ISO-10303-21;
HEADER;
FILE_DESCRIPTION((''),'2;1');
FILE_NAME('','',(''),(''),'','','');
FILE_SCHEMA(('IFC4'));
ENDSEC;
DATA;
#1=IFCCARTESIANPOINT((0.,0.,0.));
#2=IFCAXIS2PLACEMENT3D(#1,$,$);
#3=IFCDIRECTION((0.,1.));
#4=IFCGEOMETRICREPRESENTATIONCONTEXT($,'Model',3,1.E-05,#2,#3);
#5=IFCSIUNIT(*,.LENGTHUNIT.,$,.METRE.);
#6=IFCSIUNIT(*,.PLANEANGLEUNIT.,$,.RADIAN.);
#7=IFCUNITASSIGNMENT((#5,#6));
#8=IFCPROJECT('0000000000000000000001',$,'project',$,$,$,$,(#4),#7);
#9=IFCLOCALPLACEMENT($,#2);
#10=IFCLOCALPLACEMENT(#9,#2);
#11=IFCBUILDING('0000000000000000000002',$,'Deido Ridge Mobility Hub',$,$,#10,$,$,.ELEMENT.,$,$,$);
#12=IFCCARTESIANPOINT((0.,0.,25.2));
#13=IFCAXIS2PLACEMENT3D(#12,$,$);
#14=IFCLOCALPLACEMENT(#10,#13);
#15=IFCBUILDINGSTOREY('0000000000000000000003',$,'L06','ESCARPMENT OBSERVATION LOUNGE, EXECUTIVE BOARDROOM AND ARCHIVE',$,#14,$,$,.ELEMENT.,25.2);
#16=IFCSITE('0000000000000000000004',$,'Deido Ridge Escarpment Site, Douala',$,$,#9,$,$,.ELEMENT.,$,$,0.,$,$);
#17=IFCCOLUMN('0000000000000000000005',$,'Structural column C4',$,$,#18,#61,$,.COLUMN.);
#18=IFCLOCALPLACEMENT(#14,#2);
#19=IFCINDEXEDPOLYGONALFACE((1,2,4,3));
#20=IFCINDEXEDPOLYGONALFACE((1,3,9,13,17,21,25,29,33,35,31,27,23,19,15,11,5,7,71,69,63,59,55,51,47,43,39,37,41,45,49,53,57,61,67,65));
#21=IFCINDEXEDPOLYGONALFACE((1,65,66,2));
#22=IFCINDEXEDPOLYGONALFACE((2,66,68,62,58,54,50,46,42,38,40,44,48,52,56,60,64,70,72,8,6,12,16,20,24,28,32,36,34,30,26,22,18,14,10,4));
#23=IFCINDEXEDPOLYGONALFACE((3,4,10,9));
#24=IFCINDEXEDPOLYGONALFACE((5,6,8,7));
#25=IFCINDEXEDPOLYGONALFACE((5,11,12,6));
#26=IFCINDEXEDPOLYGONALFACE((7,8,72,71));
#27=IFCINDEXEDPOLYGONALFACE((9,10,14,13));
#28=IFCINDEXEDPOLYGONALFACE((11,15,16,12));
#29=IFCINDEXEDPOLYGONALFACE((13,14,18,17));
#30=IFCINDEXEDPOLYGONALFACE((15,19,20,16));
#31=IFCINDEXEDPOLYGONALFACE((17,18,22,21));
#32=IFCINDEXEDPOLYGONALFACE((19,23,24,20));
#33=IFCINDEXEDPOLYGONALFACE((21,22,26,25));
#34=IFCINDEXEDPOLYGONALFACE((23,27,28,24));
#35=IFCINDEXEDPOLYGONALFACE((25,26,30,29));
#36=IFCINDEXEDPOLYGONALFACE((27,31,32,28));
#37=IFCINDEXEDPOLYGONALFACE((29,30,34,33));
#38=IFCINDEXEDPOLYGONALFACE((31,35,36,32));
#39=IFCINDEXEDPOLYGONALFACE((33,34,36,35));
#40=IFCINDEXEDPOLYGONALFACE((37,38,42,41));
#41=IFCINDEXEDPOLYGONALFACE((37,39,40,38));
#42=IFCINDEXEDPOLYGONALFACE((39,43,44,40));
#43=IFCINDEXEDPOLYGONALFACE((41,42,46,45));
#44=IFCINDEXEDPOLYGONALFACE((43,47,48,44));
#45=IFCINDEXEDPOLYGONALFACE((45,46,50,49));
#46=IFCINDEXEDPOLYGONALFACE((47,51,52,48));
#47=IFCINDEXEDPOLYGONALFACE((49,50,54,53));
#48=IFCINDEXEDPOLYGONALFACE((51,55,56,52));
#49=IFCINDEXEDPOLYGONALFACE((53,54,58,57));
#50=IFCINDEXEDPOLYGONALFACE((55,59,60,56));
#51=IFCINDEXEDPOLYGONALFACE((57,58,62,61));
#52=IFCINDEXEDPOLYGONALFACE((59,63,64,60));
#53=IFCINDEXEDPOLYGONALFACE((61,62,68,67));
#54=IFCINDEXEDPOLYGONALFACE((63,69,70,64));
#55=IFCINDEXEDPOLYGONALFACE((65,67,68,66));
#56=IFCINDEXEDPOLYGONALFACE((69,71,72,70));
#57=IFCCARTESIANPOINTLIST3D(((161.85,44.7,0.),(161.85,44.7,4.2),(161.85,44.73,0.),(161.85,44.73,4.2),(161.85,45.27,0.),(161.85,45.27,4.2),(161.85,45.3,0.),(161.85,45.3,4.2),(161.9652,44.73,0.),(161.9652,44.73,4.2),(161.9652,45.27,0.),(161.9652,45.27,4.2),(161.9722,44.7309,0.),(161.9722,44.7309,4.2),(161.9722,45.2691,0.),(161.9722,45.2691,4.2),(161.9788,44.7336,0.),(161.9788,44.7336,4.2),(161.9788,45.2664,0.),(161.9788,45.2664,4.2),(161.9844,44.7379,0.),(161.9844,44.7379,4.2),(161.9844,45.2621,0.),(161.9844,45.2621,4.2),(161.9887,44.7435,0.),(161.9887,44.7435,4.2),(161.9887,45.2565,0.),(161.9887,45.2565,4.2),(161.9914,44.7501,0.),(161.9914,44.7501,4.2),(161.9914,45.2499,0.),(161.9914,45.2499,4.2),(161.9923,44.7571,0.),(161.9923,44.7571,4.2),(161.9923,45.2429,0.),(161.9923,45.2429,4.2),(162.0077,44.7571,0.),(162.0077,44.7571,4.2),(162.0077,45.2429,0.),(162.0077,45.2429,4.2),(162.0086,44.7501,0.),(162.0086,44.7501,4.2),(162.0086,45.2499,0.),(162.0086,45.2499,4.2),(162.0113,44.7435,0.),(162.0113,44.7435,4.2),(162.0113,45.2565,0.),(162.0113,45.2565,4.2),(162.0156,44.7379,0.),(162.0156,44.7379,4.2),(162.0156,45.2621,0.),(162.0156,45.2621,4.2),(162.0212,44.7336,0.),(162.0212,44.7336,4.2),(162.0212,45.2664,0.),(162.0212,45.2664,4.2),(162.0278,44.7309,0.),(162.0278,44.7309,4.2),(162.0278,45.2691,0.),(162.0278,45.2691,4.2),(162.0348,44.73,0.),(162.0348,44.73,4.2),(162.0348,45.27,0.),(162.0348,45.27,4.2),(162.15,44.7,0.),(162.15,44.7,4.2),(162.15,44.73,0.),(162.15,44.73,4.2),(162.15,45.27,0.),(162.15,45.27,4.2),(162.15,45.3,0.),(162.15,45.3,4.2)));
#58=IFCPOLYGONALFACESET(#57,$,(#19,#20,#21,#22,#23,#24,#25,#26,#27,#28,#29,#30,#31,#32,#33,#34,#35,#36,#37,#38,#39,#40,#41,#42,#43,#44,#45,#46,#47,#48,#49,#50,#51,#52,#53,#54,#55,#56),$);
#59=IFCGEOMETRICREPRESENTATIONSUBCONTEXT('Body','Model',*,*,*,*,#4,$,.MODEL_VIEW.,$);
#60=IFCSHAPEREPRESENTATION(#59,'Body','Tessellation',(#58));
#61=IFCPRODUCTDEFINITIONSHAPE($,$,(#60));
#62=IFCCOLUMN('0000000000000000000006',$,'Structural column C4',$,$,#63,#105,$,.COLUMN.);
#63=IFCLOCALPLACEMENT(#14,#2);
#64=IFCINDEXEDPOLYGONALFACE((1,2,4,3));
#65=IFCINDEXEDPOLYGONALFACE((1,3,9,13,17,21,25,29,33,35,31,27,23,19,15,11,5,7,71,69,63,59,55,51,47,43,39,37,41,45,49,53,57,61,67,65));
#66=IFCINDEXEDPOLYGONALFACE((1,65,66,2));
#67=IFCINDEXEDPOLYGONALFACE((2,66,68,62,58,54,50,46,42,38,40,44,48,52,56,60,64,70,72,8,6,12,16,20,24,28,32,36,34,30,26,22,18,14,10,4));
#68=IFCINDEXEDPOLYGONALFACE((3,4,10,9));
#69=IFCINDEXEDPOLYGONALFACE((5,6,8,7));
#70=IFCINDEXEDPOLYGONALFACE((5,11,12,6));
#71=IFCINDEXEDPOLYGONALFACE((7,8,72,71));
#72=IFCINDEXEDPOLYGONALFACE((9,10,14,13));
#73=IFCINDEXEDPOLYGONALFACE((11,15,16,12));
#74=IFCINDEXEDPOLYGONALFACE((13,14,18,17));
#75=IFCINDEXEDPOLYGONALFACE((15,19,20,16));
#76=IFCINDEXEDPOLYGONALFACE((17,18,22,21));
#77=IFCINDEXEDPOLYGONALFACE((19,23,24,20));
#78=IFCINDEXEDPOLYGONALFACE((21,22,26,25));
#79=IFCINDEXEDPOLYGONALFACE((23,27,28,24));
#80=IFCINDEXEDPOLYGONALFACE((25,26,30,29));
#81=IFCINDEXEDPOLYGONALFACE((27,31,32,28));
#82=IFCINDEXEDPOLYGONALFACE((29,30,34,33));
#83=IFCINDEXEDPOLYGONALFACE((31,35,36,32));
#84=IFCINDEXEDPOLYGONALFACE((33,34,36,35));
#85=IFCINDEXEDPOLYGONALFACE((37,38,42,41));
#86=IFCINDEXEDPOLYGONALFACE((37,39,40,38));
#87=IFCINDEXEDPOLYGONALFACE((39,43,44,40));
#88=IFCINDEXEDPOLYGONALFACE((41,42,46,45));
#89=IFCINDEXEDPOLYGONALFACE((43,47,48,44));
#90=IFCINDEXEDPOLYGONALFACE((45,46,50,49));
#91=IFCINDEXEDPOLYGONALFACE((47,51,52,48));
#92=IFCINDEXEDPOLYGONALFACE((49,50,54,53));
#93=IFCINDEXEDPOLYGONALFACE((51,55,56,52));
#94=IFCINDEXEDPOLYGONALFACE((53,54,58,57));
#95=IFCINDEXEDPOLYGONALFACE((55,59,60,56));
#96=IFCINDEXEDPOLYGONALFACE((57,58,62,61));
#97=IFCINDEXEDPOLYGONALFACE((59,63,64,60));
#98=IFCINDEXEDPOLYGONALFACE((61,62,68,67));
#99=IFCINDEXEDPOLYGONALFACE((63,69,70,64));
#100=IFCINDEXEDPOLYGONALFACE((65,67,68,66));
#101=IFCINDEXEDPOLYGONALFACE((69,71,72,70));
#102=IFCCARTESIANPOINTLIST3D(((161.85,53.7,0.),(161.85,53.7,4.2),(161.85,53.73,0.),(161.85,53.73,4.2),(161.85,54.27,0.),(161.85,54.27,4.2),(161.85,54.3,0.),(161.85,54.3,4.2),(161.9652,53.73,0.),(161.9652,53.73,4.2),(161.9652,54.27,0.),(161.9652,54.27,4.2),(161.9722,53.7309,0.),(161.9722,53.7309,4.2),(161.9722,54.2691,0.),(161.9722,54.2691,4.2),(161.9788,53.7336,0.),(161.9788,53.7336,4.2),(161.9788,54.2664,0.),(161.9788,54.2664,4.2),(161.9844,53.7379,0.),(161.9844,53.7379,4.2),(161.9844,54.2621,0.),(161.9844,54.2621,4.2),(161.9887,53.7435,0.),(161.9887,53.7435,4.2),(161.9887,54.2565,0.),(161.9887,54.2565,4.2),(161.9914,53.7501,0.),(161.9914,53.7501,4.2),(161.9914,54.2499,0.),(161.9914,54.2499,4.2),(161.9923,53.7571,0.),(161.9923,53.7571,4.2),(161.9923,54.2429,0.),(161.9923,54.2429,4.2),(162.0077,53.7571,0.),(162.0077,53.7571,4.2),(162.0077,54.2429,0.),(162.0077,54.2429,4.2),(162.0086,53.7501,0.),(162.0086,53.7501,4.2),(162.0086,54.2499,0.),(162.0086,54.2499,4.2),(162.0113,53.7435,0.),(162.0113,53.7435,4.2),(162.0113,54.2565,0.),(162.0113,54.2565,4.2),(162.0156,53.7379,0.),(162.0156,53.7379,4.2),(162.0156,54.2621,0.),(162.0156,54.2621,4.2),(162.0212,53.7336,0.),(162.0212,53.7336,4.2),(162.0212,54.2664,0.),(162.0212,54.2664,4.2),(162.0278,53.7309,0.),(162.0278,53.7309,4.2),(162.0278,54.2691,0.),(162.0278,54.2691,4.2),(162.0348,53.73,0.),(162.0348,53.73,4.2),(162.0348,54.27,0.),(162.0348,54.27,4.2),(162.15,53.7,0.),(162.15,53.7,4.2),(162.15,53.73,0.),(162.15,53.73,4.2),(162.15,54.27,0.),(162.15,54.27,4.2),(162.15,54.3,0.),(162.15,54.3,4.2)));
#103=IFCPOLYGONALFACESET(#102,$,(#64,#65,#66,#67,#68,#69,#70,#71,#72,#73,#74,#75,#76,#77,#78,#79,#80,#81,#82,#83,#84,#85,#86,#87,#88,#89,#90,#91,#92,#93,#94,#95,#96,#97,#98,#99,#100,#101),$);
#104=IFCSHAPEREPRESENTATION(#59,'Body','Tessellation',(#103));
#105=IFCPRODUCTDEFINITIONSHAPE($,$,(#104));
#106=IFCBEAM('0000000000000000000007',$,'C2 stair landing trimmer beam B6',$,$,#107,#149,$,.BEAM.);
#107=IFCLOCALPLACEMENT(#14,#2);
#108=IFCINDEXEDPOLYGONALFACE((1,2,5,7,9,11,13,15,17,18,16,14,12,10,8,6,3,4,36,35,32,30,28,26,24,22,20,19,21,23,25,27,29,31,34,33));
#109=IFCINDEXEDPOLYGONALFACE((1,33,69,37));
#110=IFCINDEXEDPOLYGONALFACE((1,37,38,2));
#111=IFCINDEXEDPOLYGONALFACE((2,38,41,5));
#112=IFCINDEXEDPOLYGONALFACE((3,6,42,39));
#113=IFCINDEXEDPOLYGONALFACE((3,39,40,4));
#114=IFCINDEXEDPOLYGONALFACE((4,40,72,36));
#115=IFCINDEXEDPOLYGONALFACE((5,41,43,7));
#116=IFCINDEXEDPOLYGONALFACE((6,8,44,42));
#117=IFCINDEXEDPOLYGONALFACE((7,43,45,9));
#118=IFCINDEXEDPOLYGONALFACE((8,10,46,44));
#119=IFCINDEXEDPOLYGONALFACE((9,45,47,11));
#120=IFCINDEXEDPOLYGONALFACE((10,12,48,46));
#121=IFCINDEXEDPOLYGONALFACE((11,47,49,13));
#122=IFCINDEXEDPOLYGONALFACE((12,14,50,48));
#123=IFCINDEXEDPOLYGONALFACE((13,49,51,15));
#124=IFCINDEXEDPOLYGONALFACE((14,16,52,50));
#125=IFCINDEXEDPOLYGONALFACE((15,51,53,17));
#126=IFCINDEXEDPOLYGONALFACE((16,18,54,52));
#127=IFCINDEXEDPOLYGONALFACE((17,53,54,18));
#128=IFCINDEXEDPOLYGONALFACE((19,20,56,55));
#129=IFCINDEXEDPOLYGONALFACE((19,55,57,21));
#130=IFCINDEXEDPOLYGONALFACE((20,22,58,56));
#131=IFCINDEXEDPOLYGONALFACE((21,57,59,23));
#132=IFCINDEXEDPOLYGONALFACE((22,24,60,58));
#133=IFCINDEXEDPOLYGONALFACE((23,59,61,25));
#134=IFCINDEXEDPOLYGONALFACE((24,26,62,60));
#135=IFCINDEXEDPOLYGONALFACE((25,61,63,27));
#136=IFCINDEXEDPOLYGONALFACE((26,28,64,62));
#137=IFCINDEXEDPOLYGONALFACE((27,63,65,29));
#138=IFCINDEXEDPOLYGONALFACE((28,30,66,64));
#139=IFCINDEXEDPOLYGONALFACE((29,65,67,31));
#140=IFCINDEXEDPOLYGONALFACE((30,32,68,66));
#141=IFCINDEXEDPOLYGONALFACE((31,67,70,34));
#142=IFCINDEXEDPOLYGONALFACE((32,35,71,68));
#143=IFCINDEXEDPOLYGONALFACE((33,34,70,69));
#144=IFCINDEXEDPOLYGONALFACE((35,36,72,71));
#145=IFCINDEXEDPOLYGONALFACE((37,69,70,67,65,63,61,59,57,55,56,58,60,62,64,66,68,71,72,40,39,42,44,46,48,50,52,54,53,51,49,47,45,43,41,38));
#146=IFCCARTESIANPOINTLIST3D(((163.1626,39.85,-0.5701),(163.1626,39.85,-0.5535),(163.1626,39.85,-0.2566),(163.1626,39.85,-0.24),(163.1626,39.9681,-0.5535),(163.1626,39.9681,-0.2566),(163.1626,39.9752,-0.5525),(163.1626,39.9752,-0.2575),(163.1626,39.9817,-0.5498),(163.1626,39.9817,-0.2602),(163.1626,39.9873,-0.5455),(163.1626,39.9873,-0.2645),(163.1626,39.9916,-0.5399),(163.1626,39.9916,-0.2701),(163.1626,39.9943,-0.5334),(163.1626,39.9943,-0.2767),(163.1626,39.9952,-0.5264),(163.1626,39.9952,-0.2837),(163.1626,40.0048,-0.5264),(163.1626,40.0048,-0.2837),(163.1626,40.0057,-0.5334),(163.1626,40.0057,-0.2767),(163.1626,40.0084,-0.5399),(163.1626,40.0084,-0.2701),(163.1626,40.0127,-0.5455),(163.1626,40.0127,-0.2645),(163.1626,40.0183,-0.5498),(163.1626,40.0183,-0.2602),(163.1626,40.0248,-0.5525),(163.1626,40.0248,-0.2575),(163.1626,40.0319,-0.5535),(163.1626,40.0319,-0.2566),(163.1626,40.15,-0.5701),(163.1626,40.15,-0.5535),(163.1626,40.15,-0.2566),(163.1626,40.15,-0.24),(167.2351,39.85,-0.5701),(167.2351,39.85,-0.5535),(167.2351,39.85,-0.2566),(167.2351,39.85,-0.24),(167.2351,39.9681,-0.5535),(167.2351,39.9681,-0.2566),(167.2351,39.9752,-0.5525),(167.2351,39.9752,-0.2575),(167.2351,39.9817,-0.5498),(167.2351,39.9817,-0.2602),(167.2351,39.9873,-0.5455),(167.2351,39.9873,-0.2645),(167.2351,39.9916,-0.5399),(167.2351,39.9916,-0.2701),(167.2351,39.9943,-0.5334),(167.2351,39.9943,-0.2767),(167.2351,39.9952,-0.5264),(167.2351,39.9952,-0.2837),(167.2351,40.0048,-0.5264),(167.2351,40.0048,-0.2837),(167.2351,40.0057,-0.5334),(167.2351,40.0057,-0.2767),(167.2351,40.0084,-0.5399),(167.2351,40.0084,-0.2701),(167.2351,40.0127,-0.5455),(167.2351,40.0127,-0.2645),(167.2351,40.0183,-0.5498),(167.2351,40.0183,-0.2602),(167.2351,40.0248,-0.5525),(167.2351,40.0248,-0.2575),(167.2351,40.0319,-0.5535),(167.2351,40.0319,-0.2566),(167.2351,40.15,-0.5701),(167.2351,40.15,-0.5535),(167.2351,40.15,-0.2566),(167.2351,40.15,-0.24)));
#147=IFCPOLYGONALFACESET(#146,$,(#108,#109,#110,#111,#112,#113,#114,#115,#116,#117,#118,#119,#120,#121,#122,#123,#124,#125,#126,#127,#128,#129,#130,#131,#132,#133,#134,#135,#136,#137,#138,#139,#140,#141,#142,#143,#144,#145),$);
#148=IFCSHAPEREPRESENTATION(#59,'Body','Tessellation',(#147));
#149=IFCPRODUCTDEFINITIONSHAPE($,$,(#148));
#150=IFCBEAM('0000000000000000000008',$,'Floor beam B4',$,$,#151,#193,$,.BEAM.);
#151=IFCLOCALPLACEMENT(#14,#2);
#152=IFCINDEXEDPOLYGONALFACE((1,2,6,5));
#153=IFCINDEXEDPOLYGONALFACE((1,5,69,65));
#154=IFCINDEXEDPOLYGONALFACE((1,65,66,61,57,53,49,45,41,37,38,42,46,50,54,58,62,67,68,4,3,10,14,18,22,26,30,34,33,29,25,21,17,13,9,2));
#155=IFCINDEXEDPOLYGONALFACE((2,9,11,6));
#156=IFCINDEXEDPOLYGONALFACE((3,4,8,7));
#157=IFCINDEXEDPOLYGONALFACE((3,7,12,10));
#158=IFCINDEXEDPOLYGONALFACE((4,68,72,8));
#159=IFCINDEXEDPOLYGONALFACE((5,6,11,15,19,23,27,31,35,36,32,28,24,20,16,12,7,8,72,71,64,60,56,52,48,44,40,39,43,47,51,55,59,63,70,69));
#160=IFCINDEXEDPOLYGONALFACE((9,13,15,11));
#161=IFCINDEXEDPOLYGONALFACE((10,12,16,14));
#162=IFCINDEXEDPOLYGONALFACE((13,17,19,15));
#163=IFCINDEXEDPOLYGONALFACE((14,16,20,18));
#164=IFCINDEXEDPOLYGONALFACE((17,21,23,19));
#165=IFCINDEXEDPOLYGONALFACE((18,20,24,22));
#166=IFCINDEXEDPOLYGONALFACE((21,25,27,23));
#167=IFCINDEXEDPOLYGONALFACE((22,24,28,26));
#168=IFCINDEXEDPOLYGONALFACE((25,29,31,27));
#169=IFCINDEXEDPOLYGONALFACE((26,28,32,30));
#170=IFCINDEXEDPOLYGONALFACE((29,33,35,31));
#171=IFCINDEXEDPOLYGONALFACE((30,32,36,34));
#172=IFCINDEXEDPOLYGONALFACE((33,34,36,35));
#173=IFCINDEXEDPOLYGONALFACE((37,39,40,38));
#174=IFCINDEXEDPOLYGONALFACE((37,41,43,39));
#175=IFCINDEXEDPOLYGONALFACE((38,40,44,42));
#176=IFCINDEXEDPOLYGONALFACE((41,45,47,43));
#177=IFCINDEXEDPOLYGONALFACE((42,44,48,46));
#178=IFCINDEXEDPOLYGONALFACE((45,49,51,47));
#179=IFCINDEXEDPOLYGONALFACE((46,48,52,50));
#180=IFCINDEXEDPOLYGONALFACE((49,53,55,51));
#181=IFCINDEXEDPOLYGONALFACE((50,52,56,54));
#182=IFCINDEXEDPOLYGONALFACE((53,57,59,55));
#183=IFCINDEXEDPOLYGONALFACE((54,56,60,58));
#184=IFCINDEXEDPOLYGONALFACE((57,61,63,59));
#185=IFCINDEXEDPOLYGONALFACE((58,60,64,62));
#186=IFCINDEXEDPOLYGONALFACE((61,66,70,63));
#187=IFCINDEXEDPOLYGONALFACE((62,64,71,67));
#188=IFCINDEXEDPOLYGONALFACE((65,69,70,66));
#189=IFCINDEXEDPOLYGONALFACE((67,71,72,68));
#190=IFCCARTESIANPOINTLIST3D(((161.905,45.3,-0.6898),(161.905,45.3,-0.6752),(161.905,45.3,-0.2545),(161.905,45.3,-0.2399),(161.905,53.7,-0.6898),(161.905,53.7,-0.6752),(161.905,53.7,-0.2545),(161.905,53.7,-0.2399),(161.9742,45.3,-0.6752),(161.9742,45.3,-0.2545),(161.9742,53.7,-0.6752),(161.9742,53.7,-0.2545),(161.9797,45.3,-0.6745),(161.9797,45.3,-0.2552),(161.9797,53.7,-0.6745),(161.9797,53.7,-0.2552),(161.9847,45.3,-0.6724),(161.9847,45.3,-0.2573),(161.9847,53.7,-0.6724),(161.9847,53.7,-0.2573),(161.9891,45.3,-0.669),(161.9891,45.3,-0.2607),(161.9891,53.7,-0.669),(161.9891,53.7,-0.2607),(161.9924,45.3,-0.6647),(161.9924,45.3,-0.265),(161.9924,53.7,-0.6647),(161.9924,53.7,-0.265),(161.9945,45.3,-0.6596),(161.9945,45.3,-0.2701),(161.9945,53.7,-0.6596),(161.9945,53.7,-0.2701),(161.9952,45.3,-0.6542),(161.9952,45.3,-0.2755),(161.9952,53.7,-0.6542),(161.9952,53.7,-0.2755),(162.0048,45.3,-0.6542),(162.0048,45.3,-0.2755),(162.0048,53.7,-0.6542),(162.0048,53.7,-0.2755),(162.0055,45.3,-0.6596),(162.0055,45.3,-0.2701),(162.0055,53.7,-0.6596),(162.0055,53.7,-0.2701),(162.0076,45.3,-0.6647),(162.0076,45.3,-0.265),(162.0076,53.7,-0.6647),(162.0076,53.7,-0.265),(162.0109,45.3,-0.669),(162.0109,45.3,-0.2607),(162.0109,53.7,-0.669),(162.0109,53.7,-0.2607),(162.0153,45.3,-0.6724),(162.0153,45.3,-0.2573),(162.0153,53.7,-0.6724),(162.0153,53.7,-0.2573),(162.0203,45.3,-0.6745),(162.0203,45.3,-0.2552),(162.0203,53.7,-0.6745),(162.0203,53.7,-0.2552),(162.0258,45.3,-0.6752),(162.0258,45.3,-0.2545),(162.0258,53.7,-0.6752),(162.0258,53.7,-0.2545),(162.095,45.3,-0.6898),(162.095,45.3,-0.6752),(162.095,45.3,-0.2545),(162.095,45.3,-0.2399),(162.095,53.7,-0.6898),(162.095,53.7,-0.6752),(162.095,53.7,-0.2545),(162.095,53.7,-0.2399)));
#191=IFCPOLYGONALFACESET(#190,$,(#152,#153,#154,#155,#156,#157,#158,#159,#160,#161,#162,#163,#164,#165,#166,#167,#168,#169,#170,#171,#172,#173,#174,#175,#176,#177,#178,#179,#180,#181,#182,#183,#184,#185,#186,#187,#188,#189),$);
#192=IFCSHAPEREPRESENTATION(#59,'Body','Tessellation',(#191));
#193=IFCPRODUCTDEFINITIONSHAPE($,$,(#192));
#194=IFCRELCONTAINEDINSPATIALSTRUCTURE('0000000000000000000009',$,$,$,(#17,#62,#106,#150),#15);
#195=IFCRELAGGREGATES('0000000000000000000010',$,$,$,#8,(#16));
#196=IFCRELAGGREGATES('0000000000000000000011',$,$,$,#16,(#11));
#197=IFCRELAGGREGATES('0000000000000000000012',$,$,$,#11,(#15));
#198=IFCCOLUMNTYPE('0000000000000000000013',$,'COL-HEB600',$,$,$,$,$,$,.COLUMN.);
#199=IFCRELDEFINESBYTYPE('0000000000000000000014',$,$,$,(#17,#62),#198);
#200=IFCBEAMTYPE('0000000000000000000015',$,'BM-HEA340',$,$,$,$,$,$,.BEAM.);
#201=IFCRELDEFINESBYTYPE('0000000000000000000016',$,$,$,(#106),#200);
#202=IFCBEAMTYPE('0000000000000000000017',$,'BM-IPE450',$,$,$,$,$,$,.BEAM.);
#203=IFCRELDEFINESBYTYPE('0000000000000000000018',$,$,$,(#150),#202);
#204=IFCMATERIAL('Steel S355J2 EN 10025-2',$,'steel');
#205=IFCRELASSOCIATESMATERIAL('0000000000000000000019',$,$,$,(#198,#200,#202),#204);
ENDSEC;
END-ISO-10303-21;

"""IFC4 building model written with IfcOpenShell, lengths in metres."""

from ifc_helpers import new_model, si_unit, direction, frame, origin, origin_2d, place, context, subcontext, project, spatial, i_section, extrude, material, material_profile, profile_set, type_object, element, save


model = new_model("IFC4")

# Units and contexts
model_context = context("Model", 3, precision=1e-05, world=origin(), true_north=direction((0.0, 1.0)))
body_context = subcontext(model_context, "Body", "Model", "MODEL_VIEW")
ifc_project = project(units=[si_unit("LENGTHUNIT", "METRE"), si_unit("PLANEANGLEUNIT", "RADIAN")], contexts=[model_context])

# Site, building, storey
site_placement = place(None, origin())
site = spatial("IfcSite", under=ifc_project, at=site_placement, Name="Deido Ridge Escarpment Site, Douala", CompositionType="ELEMENT", RefElevation=0.0)
building_placement = place(site_placement, origin())
building = spatial("IfcBuilding", under=site, at=building_placement, Name="Deido Ridge Mobility Hub", CompositionType="ELEMENT")
storey_placement = place(building_placement, frame((0.0, 0.0, 25.2)))
storey = spatial("IfcBuildingStorey", under=building, at=storey_placement, Name="L06", Description="ESCARPMENT OBSERVATION LOUNGE, EXECUTIVE BOARDROOM AND ARCHIVE", CompositionType="ELEMENT", Elevation=25.2)

# Columns
ifc_material_1 = material(Name="Steel S355J2 EN 10025-2", Category="steel")
ifc_material_profile_1 = material_profile(ifc_material_1, i_section(OverallWidth=0.3, OverallDepth=0.6001, WebThickness=0.0154, FlangeThickness=0.03, FilletRadius=0.0271, at=origin_2d()), Name="HEB 600")
ifc_profile_set_1 = profile_set([ifc_material_profile_1], Name="Steel S355J2 EN 10025-2")
column_type = type_object("IfcColumnType", Name="COL-HEB600", PredefinedType="COLUMN", material=ifc_profile_set_1)
for number, where, z_axis, x_axis, name in (
    (1, (162.0, 45.0, 0.0), (0.0, 0.0, 1.0), (1.0, 0.0, 0.0), "Structural column C4"),
    (2, (162.0, 54.0, 0.0), (0.0, 0.0, 1.0), (1.0, 0.0, 0.0), "Structural column C4"),
):
    element("IfcColumn", number, at=place(storey_placement, frame(where, z_axis=z_axis, x_axis=x_axis)), inside=storey, type_object=column_type, Name=name, PredefinedType="COLUMN", context=body_context, shape_type="SweptSolid", body=[
        extrude(i_section(OverallWidth=0.3, OverallDepth=0.6001, WebThickness=0.0154, FlangeThickness=0.03, FilletRadius=0.0271, at=origin_2d()), origin(), (0.0, 0.0, 1.0), 4.2),
    ])

# Beams
ifc_material_profile_2 = material_profile(ifc_material_1, i_section(OverallWidth=0.3, OverallDepth=0.3301, WebThickness=0.0095, FlangeThickness=0.0166, FilletRadius=0.0271, at=origin_2d()), Name="HEA 340")
ifc_profile_set_2 = profile_set([ifc_material_profile_2], Name="Steel S355J2 EN 10025-2")
beam_type_1 = type_object("IfcBeamType", Name="BM-HEA340", PredefinedType="BEAM", material=ifc_profile_set_2)
beam_1_placement = place(storey_placement, frame((163.1626, 40.0, -0.405), z_axis=(1.0, 0.0, 0.0), x_axis=(0.0, 1.0, 0.0)))
element("IfcBeam", 3, at=beam_1_placement, inside=storey, type_object=beam_type_1, Name="C2 stair landing trimmer beam B6", PredefinedType="BEAM", context=body_context, shape_type="SweptSolid", body=[
    extrude(i_section(OverallWidth=0.3, OverallDepth=0.3301, WebThickness=0.0095, FlangeThickness=0.0166, FilletRadius=0.0271, at=origin_2d()), origin(), (0.0, 0.0, 1.0), 4.0725),
])
ifc_material_profile_3 = material_profile(ifc_material_1, i_section(OverallWidth=0.1899, OverallDepth=0.45, WebThickness=0.0095, FlangeThickness=0.0146, FilletRadius=0.021, at=origin_2d()), Name="IPE 450")
ifc_profile_set_3 = profile_set([ifc_material_profile_3], Name="Steel S355J2 EN 10025-2")
beam_type_2 = type_object("IfcBeamType", Name="BM-IPE450", PredefinedType="BEAM", material=ifc_profile_set_3)
beam_2_placement = place(storey_placement, frame((162.0, 45.3, -0.4648), z_axis=(0.0, 1.0, 0.0), x_axis=(-1.0, 0.0, 0.0)))
element("IfcBeam", 4, at=beam_2_placement, inside=storey, type_object=beam_type_2, Name="Floor beam B4", PredefinedType="BEAM", context=body_context, shape_type="SweptSolid", body=[
    extrude(i_section(OverallWidth=0.1899, OverallDepth=0.45, WebThickness=0.0095, FlangeThickness=0.0146, FilletRadius=0.021, at=origin_2d()), origin(), (0.0, 0.0, 1.0), 8.3999),
])

save(model, "model.ifc")
